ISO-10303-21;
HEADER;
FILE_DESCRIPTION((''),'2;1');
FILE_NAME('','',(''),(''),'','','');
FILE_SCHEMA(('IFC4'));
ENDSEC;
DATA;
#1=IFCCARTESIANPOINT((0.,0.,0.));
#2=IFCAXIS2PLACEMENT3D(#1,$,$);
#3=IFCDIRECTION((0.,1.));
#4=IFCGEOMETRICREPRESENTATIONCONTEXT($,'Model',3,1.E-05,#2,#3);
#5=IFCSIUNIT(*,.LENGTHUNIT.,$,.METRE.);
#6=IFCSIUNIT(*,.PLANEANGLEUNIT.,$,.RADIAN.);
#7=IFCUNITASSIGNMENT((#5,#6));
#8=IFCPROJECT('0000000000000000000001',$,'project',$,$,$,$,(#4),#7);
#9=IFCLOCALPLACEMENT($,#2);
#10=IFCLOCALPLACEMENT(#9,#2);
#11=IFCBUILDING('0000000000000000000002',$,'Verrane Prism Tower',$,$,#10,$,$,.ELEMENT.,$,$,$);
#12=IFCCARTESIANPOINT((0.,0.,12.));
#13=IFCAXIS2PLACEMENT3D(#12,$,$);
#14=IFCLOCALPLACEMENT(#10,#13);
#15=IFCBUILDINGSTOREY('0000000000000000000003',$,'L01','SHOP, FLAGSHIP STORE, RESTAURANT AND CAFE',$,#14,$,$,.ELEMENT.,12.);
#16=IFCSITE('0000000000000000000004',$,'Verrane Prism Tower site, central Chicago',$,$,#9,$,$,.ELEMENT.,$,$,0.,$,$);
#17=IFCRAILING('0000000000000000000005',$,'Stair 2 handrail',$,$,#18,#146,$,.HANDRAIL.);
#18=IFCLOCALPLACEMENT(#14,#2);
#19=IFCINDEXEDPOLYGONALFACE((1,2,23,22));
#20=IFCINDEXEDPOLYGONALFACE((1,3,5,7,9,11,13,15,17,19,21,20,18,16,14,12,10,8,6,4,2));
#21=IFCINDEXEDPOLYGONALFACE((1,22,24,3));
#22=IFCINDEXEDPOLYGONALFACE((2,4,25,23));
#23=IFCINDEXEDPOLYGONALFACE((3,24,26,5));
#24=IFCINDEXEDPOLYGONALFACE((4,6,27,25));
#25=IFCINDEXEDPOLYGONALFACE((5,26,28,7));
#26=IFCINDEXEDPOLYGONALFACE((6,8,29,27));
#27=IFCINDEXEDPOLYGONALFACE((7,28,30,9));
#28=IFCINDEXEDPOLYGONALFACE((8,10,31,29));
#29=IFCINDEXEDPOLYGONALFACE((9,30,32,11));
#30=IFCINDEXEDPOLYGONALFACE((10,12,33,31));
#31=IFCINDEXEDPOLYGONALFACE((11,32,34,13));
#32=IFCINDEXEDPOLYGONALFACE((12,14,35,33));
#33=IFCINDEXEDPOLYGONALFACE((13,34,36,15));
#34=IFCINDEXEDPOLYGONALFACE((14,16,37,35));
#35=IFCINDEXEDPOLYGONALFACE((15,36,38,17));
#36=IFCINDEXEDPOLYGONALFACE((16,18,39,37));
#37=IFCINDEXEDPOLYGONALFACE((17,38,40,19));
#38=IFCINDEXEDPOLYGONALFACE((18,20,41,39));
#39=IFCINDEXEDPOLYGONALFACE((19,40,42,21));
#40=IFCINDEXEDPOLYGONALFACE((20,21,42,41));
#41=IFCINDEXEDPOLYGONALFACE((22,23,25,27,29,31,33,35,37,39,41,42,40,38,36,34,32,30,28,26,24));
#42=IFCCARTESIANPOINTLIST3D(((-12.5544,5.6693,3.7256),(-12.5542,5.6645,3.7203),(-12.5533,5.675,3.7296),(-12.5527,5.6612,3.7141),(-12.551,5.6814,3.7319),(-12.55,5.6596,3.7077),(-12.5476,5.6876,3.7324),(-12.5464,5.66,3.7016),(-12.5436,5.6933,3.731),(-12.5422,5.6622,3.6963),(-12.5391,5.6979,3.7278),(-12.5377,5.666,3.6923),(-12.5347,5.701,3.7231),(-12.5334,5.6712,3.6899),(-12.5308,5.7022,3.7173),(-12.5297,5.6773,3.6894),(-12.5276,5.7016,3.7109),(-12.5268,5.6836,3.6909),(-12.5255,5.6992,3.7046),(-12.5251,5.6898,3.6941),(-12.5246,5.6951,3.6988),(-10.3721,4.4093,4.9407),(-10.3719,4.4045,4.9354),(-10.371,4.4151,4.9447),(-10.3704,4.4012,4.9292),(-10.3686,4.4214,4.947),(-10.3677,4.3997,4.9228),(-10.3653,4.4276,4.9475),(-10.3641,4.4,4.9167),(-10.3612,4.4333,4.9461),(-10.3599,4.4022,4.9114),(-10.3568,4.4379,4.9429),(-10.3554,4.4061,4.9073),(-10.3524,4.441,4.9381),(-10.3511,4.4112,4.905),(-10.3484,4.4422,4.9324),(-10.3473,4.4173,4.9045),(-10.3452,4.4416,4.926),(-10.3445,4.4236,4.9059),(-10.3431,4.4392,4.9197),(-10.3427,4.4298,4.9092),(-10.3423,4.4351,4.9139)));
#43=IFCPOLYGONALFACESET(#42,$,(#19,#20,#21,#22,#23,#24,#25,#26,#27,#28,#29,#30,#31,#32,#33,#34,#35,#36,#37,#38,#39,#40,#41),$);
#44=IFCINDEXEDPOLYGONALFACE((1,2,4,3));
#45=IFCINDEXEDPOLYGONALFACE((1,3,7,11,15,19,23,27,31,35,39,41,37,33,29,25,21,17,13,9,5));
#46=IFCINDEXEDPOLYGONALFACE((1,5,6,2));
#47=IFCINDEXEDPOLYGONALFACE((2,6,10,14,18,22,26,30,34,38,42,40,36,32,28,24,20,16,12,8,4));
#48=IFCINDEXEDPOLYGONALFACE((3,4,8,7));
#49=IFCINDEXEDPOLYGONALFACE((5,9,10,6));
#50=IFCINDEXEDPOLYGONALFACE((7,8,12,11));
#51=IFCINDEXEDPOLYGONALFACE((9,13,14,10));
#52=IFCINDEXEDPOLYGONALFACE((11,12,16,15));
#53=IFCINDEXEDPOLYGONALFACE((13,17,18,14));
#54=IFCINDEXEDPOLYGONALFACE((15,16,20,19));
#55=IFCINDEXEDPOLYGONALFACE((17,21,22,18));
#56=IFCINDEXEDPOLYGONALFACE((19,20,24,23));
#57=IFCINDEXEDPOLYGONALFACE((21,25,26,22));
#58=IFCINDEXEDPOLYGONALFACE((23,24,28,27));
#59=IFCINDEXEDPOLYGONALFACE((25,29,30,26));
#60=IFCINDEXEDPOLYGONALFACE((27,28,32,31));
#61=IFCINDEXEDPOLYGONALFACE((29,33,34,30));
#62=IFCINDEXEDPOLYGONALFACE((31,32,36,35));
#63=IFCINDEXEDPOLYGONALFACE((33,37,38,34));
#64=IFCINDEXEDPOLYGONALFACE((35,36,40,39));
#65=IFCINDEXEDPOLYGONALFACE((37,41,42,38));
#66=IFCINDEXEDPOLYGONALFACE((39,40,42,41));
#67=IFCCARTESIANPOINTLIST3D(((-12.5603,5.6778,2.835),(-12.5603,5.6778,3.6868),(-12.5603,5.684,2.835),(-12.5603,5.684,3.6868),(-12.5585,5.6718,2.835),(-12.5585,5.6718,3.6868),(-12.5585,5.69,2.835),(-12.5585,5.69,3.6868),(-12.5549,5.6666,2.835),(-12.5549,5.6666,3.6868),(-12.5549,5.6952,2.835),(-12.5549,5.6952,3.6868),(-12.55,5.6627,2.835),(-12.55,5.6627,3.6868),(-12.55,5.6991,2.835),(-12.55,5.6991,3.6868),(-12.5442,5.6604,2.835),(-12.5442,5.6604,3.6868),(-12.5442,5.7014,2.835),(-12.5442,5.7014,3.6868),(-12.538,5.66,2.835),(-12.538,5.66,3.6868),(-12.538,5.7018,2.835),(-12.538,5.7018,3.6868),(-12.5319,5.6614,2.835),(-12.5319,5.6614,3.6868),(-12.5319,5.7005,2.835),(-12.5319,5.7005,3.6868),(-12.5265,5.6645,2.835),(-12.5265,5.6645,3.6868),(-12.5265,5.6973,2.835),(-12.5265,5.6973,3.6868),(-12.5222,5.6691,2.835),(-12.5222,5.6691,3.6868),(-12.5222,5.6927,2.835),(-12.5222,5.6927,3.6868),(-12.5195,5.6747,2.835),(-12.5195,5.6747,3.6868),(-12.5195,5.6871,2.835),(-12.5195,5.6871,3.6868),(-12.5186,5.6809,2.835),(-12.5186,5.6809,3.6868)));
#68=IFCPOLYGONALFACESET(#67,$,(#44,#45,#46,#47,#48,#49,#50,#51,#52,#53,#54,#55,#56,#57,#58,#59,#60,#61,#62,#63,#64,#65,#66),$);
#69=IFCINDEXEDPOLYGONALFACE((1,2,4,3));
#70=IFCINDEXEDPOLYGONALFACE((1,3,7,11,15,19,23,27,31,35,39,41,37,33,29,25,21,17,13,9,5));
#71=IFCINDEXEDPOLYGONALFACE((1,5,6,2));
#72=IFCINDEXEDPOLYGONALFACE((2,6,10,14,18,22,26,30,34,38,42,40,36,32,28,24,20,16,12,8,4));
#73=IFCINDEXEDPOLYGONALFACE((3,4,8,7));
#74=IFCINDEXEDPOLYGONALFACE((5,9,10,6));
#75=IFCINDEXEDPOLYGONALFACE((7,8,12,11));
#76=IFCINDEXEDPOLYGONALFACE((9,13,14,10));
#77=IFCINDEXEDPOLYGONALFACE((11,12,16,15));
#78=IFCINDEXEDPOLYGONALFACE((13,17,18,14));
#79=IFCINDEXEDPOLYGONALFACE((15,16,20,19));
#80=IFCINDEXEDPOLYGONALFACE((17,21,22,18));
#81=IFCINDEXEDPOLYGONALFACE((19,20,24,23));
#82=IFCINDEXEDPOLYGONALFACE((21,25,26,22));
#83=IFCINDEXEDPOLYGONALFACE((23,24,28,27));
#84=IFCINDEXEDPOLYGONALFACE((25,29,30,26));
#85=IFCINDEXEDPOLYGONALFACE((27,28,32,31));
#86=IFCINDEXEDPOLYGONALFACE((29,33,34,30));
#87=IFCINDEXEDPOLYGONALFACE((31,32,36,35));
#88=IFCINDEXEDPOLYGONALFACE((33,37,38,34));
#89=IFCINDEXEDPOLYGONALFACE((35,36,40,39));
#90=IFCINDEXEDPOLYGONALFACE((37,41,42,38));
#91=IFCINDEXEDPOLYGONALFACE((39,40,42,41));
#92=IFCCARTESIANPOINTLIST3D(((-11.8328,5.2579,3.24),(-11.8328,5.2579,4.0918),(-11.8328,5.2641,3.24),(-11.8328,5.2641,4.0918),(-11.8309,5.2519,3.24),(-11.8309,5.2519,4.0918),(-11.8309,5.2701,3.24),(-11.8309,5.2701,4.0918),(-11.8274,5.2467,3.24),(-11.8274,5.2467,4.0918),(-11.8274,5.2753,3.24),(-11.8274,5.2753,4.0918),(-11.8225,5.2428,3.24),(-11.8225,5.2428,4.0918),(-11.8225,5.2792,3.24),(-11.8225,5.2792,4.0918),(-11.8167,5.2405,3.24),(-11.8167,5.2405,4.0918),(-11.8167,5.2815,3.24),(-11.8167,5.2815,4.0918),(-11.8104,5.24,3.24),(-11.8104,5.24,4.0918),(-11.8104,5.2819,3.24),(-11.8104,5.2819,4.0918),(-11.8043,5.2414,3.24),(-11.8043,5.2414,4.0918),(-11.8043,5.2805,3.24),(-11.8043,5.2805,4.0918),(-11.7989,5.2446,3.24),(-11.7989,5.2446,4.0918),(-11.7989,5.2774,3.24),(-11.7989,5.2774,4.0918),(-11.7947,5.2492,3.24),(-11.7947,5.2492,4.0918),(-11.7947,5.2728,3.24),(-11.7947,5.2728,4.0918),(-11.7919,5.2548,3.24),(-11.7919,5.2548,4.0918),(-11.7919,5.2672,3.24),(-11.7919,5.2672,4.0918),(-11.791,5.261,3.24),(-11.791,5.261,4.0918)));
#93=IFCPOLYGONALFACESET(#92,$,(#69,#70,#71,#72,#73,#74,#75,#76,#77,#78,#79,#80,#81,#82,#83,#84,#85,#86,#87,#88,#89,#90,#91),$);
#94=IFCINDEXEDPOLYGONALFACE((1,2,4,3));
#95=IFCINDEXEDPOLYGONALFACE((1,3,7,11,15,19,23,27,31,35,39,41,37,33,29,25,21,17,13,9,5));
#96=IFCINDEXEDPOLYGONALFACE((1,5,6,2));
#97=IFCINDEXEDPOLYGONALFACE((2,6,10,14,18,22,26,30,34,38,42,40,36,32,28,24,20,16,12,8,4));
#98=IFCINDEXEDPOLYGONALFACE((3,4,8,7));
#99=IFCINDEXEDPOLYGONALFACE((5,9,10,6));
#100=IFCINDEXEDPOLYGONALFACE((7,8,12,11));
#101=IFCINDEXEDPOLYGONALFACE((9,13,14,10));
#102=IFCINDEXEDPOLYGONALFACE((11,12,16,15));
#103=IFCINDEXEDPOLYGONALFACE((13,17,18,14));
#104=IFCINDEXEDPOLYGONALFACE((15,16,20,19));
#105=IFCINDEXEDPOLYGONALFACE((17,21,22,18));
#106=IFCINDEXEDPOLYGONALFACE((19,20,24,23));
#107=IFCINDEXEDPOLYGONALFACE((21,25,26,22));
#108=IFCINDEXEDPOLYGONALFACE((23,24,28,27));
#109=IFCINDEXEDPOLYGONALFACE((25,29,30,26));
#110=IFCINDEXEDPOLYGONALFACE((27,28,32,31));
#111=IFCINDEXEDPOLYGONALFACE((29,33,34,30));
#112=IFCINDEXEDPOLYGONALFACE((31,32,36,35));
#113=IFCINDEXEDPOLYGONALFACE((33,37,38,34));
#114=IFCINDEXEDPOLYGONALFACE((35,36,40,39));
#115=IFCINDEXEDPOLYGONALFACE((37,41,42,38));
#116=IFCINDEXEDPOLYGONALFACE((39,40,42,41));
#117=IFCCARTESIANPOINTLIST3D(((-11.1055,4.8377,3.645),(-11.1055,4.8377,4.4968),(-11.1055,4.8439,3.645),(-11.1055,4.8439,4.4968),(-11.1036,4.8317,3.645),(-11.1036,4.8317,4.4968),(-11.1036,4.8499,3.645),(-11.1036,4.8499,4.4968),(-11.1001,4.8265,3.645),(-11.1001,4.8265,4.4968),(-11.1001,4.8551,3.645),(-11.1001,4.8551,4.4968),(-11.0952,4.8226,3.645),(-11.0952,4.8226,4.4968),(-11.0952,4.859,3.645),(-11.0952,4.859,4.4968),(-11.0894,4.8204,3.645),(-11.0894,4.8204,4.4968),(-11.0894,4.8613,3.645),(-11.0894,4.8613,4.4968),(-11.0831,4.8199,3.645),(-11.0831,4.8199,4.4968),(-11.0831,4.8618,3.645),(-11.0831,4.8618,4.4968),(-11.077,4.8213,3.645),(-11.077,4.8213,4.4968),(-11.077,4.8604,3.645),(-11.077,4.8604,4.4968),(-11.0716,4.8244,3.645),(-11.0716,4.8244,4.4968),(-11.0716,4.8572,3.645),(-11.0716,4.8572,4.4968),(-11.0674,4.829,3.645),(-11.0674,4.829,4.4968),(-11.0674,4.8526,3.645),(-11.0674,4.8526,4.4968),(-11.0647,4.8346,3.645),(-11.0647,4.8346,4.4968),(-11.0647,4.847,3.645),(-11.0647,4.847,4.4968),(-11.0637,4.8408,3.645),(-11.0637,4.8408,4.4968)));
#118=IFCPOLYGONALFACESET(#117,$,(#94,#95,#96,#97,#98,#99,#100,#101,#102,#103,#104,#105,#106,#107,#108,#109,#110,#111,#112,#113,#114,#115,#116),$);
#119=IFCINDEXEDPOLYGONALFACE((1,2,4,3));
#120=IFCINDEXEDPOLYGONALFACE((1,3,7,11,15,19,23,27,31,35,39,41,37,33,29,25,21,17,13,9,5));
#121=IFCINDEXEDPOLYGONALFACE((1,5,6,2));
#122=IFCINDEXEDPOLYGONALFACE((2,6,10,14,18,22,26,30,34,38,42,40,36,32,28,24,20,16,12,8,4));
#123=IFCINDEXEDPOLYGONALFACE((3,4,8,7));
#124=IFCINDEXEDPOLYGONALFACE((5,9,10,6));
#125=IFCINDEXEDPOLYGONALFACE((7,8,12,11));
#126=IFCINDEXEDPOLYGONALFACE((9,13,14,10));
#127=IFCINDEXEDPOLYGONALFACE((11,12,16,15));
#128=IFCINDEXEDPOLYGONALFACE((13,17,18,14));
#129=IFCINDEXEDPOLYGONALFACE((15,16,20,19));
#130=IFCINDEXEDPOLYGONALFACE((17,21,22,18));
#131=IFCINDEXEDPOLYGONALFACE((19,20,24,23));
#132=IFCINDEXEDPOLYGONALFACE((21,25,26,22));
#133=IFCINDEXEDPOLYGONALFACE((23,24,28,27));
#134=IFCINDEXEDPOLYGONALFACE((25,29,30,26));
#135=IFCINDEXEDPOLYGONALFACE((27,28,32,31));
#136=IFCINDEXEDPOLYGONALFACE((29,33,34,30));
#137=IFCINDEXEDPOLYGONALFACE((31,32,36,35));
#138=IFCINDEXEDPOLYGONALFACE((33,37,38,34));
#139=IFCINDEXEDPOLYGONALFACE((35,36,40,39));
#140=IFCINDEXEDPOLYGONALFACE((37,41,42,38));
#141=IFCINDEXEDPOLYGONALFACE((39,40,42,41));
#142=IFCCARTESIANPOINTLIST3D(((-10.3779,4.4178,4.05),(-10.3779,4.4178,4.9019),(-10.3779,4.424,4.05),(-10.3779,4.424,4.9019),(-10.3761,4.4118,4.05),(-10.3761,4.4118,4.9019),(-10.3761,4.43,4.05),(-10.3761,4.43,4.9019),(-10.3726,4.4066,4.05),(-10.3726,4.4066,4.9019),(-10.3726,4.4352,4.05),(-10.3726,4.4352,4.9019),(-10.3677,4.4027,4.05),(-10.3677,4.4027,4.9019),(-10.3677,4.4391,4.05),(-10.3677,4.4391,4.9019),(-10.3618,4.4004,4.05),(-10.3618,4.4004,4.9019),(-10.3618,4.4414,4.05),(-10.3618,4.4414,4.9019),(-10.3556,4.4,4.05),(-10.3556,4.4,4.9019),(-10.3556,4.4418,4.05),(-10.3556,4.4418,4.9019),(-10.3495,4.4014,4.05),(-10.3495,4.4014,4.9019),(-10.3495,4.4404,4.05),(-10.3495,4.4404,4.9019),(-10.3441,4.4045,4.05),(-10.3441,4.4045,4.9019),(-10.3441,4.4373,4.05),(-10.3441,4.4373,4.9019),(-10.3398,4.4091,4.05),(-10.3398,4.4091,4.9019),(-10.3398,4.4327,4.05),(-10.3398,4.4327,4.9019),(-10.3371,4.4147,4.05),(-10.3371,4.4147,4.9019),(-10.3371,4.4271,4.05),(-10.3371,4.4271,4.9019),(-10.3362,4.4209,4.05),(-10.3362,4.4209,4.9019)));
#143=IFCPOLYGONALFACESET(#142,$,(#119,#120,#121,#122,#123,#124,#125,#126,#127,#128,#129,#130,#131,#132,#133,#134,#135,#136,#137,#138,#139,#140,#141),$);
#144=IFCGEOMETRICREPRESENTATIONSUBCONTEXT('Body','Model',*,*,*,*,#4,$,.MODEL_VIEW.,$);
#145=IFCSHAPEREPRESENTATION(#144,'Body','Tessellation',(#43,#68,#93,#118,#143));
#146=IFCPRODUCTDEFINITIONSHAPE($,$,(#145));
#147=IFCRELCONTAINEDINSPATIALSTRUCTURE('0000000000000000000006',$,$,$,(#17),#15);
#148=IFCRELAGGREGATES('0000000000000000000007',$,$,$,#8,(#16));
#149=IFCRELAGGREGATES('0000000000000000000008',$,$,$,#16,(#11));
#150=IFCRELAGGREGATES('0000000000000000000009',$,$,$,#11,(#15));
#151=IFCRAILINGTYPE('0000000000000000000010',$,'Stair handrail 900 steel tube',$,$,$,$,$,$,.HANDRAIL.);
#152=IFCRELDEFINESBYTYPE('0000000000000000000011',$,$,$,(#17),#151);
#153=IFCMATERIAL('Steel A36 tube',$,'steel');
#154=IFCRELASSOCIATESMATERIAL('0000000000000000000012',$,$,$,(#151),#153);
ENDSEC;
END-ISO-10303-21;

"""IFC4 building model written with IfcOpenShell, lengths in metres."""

from ifc_helpers import new_model, si_unit, direction, frame, origin, origin_2d, place, context, subcontext, project, spatial, circle, extrude, material, type_object, element, save


model = new_model("IFC4")

# Units and contexts
model_context = context("Model", 3, precision=1e-05, world=origin(), true_north=direction((0.0, 1.0)))
body_context = subcontext(model_context, "Body", "Model", "MODEL_VIEW")
ifc_project = project(units=[si_unit("LENGTHUNIT", "METRE"), si_unit("PLANEANGLEUNIT", "RADIAN")], contexts=[model_context])

# Site, building, storey
site_placement = place(None, origin())
site = spatial("IfcSite", under=ifc_project, at=site_placement, Name="Verrane Prism Tower site, central Chicago", CompositionType="ELEMENT", RefElevation=0.0)
building_placement = place(site_placement, origin())
building = spatial("IfcBuilding", under=site, at=building_placement, Name="Verrane Prism Tower", CompositionType="ELEMENT")
storey_placement = place(building_placement, frame((0.0, 0.0, 12.0)))
storey = spatial("IfcBuildingStorey", under=building, at=storey_placement, Name="L01", Description="SHOP, FLAGSHIP STORE, RESTAURANT AND CAFE", CompositionType="ELEMENT", Elevation=12.0)

# Railing
ifc_material_1 = material(Name="Steel A36 tube", Category="steel")
railing_type_1 = type_object("IfcRailingType", Name="Stair handrail 900 steel tube", PredefinedType="HANDRAIL", material=ifc_material_1)
for number, where, name in (
    (1, (-12.5396, 5.6809, 2.835), "Stair 2 handrail"),
):
    element("IfcRailing", number, at=place(storey_placement, frame(where)), inside=storey, type_object=railing_type_1, Name=name, PredefinedType="HANDRAIL", context=body_context, shape_type="SweptSolid", body=[
        extrude(circle(Radius=0.0239, at=origin_2d()), frame((0.0, 0.0, 0.876), z_axis=(0.780075, -0.450382, 0.434325), x_axis=(0.500005, 0.866023, 0.0)), (0.0, 0.0, 1.0), 2.7976),
        extrude(circle(Radius=0.021, at=origin_2d()), origin(), (0.0, 0.0, 1.0), 0.8518),
        extrude(circle(Radius=0.021, at=origin_2d()), frame((0.7275, -0.4199, 0.405)), (0.0, 0.0, 1.0), 0.8518),
        extrude(circle(Radius=0.021, at=origin_2d()), frame((1.4548, -0.8401, 0.8101)), (0.0, 0.0, 1.0), 0.8518),
        extrude(circle(Radius=0.021, at=origin_2d()), frame((2.1824, -1.26, 1.2151)), (0.0, 0.0, 1.0), 0.8518),
    ])

save(model, "model.ifc")
